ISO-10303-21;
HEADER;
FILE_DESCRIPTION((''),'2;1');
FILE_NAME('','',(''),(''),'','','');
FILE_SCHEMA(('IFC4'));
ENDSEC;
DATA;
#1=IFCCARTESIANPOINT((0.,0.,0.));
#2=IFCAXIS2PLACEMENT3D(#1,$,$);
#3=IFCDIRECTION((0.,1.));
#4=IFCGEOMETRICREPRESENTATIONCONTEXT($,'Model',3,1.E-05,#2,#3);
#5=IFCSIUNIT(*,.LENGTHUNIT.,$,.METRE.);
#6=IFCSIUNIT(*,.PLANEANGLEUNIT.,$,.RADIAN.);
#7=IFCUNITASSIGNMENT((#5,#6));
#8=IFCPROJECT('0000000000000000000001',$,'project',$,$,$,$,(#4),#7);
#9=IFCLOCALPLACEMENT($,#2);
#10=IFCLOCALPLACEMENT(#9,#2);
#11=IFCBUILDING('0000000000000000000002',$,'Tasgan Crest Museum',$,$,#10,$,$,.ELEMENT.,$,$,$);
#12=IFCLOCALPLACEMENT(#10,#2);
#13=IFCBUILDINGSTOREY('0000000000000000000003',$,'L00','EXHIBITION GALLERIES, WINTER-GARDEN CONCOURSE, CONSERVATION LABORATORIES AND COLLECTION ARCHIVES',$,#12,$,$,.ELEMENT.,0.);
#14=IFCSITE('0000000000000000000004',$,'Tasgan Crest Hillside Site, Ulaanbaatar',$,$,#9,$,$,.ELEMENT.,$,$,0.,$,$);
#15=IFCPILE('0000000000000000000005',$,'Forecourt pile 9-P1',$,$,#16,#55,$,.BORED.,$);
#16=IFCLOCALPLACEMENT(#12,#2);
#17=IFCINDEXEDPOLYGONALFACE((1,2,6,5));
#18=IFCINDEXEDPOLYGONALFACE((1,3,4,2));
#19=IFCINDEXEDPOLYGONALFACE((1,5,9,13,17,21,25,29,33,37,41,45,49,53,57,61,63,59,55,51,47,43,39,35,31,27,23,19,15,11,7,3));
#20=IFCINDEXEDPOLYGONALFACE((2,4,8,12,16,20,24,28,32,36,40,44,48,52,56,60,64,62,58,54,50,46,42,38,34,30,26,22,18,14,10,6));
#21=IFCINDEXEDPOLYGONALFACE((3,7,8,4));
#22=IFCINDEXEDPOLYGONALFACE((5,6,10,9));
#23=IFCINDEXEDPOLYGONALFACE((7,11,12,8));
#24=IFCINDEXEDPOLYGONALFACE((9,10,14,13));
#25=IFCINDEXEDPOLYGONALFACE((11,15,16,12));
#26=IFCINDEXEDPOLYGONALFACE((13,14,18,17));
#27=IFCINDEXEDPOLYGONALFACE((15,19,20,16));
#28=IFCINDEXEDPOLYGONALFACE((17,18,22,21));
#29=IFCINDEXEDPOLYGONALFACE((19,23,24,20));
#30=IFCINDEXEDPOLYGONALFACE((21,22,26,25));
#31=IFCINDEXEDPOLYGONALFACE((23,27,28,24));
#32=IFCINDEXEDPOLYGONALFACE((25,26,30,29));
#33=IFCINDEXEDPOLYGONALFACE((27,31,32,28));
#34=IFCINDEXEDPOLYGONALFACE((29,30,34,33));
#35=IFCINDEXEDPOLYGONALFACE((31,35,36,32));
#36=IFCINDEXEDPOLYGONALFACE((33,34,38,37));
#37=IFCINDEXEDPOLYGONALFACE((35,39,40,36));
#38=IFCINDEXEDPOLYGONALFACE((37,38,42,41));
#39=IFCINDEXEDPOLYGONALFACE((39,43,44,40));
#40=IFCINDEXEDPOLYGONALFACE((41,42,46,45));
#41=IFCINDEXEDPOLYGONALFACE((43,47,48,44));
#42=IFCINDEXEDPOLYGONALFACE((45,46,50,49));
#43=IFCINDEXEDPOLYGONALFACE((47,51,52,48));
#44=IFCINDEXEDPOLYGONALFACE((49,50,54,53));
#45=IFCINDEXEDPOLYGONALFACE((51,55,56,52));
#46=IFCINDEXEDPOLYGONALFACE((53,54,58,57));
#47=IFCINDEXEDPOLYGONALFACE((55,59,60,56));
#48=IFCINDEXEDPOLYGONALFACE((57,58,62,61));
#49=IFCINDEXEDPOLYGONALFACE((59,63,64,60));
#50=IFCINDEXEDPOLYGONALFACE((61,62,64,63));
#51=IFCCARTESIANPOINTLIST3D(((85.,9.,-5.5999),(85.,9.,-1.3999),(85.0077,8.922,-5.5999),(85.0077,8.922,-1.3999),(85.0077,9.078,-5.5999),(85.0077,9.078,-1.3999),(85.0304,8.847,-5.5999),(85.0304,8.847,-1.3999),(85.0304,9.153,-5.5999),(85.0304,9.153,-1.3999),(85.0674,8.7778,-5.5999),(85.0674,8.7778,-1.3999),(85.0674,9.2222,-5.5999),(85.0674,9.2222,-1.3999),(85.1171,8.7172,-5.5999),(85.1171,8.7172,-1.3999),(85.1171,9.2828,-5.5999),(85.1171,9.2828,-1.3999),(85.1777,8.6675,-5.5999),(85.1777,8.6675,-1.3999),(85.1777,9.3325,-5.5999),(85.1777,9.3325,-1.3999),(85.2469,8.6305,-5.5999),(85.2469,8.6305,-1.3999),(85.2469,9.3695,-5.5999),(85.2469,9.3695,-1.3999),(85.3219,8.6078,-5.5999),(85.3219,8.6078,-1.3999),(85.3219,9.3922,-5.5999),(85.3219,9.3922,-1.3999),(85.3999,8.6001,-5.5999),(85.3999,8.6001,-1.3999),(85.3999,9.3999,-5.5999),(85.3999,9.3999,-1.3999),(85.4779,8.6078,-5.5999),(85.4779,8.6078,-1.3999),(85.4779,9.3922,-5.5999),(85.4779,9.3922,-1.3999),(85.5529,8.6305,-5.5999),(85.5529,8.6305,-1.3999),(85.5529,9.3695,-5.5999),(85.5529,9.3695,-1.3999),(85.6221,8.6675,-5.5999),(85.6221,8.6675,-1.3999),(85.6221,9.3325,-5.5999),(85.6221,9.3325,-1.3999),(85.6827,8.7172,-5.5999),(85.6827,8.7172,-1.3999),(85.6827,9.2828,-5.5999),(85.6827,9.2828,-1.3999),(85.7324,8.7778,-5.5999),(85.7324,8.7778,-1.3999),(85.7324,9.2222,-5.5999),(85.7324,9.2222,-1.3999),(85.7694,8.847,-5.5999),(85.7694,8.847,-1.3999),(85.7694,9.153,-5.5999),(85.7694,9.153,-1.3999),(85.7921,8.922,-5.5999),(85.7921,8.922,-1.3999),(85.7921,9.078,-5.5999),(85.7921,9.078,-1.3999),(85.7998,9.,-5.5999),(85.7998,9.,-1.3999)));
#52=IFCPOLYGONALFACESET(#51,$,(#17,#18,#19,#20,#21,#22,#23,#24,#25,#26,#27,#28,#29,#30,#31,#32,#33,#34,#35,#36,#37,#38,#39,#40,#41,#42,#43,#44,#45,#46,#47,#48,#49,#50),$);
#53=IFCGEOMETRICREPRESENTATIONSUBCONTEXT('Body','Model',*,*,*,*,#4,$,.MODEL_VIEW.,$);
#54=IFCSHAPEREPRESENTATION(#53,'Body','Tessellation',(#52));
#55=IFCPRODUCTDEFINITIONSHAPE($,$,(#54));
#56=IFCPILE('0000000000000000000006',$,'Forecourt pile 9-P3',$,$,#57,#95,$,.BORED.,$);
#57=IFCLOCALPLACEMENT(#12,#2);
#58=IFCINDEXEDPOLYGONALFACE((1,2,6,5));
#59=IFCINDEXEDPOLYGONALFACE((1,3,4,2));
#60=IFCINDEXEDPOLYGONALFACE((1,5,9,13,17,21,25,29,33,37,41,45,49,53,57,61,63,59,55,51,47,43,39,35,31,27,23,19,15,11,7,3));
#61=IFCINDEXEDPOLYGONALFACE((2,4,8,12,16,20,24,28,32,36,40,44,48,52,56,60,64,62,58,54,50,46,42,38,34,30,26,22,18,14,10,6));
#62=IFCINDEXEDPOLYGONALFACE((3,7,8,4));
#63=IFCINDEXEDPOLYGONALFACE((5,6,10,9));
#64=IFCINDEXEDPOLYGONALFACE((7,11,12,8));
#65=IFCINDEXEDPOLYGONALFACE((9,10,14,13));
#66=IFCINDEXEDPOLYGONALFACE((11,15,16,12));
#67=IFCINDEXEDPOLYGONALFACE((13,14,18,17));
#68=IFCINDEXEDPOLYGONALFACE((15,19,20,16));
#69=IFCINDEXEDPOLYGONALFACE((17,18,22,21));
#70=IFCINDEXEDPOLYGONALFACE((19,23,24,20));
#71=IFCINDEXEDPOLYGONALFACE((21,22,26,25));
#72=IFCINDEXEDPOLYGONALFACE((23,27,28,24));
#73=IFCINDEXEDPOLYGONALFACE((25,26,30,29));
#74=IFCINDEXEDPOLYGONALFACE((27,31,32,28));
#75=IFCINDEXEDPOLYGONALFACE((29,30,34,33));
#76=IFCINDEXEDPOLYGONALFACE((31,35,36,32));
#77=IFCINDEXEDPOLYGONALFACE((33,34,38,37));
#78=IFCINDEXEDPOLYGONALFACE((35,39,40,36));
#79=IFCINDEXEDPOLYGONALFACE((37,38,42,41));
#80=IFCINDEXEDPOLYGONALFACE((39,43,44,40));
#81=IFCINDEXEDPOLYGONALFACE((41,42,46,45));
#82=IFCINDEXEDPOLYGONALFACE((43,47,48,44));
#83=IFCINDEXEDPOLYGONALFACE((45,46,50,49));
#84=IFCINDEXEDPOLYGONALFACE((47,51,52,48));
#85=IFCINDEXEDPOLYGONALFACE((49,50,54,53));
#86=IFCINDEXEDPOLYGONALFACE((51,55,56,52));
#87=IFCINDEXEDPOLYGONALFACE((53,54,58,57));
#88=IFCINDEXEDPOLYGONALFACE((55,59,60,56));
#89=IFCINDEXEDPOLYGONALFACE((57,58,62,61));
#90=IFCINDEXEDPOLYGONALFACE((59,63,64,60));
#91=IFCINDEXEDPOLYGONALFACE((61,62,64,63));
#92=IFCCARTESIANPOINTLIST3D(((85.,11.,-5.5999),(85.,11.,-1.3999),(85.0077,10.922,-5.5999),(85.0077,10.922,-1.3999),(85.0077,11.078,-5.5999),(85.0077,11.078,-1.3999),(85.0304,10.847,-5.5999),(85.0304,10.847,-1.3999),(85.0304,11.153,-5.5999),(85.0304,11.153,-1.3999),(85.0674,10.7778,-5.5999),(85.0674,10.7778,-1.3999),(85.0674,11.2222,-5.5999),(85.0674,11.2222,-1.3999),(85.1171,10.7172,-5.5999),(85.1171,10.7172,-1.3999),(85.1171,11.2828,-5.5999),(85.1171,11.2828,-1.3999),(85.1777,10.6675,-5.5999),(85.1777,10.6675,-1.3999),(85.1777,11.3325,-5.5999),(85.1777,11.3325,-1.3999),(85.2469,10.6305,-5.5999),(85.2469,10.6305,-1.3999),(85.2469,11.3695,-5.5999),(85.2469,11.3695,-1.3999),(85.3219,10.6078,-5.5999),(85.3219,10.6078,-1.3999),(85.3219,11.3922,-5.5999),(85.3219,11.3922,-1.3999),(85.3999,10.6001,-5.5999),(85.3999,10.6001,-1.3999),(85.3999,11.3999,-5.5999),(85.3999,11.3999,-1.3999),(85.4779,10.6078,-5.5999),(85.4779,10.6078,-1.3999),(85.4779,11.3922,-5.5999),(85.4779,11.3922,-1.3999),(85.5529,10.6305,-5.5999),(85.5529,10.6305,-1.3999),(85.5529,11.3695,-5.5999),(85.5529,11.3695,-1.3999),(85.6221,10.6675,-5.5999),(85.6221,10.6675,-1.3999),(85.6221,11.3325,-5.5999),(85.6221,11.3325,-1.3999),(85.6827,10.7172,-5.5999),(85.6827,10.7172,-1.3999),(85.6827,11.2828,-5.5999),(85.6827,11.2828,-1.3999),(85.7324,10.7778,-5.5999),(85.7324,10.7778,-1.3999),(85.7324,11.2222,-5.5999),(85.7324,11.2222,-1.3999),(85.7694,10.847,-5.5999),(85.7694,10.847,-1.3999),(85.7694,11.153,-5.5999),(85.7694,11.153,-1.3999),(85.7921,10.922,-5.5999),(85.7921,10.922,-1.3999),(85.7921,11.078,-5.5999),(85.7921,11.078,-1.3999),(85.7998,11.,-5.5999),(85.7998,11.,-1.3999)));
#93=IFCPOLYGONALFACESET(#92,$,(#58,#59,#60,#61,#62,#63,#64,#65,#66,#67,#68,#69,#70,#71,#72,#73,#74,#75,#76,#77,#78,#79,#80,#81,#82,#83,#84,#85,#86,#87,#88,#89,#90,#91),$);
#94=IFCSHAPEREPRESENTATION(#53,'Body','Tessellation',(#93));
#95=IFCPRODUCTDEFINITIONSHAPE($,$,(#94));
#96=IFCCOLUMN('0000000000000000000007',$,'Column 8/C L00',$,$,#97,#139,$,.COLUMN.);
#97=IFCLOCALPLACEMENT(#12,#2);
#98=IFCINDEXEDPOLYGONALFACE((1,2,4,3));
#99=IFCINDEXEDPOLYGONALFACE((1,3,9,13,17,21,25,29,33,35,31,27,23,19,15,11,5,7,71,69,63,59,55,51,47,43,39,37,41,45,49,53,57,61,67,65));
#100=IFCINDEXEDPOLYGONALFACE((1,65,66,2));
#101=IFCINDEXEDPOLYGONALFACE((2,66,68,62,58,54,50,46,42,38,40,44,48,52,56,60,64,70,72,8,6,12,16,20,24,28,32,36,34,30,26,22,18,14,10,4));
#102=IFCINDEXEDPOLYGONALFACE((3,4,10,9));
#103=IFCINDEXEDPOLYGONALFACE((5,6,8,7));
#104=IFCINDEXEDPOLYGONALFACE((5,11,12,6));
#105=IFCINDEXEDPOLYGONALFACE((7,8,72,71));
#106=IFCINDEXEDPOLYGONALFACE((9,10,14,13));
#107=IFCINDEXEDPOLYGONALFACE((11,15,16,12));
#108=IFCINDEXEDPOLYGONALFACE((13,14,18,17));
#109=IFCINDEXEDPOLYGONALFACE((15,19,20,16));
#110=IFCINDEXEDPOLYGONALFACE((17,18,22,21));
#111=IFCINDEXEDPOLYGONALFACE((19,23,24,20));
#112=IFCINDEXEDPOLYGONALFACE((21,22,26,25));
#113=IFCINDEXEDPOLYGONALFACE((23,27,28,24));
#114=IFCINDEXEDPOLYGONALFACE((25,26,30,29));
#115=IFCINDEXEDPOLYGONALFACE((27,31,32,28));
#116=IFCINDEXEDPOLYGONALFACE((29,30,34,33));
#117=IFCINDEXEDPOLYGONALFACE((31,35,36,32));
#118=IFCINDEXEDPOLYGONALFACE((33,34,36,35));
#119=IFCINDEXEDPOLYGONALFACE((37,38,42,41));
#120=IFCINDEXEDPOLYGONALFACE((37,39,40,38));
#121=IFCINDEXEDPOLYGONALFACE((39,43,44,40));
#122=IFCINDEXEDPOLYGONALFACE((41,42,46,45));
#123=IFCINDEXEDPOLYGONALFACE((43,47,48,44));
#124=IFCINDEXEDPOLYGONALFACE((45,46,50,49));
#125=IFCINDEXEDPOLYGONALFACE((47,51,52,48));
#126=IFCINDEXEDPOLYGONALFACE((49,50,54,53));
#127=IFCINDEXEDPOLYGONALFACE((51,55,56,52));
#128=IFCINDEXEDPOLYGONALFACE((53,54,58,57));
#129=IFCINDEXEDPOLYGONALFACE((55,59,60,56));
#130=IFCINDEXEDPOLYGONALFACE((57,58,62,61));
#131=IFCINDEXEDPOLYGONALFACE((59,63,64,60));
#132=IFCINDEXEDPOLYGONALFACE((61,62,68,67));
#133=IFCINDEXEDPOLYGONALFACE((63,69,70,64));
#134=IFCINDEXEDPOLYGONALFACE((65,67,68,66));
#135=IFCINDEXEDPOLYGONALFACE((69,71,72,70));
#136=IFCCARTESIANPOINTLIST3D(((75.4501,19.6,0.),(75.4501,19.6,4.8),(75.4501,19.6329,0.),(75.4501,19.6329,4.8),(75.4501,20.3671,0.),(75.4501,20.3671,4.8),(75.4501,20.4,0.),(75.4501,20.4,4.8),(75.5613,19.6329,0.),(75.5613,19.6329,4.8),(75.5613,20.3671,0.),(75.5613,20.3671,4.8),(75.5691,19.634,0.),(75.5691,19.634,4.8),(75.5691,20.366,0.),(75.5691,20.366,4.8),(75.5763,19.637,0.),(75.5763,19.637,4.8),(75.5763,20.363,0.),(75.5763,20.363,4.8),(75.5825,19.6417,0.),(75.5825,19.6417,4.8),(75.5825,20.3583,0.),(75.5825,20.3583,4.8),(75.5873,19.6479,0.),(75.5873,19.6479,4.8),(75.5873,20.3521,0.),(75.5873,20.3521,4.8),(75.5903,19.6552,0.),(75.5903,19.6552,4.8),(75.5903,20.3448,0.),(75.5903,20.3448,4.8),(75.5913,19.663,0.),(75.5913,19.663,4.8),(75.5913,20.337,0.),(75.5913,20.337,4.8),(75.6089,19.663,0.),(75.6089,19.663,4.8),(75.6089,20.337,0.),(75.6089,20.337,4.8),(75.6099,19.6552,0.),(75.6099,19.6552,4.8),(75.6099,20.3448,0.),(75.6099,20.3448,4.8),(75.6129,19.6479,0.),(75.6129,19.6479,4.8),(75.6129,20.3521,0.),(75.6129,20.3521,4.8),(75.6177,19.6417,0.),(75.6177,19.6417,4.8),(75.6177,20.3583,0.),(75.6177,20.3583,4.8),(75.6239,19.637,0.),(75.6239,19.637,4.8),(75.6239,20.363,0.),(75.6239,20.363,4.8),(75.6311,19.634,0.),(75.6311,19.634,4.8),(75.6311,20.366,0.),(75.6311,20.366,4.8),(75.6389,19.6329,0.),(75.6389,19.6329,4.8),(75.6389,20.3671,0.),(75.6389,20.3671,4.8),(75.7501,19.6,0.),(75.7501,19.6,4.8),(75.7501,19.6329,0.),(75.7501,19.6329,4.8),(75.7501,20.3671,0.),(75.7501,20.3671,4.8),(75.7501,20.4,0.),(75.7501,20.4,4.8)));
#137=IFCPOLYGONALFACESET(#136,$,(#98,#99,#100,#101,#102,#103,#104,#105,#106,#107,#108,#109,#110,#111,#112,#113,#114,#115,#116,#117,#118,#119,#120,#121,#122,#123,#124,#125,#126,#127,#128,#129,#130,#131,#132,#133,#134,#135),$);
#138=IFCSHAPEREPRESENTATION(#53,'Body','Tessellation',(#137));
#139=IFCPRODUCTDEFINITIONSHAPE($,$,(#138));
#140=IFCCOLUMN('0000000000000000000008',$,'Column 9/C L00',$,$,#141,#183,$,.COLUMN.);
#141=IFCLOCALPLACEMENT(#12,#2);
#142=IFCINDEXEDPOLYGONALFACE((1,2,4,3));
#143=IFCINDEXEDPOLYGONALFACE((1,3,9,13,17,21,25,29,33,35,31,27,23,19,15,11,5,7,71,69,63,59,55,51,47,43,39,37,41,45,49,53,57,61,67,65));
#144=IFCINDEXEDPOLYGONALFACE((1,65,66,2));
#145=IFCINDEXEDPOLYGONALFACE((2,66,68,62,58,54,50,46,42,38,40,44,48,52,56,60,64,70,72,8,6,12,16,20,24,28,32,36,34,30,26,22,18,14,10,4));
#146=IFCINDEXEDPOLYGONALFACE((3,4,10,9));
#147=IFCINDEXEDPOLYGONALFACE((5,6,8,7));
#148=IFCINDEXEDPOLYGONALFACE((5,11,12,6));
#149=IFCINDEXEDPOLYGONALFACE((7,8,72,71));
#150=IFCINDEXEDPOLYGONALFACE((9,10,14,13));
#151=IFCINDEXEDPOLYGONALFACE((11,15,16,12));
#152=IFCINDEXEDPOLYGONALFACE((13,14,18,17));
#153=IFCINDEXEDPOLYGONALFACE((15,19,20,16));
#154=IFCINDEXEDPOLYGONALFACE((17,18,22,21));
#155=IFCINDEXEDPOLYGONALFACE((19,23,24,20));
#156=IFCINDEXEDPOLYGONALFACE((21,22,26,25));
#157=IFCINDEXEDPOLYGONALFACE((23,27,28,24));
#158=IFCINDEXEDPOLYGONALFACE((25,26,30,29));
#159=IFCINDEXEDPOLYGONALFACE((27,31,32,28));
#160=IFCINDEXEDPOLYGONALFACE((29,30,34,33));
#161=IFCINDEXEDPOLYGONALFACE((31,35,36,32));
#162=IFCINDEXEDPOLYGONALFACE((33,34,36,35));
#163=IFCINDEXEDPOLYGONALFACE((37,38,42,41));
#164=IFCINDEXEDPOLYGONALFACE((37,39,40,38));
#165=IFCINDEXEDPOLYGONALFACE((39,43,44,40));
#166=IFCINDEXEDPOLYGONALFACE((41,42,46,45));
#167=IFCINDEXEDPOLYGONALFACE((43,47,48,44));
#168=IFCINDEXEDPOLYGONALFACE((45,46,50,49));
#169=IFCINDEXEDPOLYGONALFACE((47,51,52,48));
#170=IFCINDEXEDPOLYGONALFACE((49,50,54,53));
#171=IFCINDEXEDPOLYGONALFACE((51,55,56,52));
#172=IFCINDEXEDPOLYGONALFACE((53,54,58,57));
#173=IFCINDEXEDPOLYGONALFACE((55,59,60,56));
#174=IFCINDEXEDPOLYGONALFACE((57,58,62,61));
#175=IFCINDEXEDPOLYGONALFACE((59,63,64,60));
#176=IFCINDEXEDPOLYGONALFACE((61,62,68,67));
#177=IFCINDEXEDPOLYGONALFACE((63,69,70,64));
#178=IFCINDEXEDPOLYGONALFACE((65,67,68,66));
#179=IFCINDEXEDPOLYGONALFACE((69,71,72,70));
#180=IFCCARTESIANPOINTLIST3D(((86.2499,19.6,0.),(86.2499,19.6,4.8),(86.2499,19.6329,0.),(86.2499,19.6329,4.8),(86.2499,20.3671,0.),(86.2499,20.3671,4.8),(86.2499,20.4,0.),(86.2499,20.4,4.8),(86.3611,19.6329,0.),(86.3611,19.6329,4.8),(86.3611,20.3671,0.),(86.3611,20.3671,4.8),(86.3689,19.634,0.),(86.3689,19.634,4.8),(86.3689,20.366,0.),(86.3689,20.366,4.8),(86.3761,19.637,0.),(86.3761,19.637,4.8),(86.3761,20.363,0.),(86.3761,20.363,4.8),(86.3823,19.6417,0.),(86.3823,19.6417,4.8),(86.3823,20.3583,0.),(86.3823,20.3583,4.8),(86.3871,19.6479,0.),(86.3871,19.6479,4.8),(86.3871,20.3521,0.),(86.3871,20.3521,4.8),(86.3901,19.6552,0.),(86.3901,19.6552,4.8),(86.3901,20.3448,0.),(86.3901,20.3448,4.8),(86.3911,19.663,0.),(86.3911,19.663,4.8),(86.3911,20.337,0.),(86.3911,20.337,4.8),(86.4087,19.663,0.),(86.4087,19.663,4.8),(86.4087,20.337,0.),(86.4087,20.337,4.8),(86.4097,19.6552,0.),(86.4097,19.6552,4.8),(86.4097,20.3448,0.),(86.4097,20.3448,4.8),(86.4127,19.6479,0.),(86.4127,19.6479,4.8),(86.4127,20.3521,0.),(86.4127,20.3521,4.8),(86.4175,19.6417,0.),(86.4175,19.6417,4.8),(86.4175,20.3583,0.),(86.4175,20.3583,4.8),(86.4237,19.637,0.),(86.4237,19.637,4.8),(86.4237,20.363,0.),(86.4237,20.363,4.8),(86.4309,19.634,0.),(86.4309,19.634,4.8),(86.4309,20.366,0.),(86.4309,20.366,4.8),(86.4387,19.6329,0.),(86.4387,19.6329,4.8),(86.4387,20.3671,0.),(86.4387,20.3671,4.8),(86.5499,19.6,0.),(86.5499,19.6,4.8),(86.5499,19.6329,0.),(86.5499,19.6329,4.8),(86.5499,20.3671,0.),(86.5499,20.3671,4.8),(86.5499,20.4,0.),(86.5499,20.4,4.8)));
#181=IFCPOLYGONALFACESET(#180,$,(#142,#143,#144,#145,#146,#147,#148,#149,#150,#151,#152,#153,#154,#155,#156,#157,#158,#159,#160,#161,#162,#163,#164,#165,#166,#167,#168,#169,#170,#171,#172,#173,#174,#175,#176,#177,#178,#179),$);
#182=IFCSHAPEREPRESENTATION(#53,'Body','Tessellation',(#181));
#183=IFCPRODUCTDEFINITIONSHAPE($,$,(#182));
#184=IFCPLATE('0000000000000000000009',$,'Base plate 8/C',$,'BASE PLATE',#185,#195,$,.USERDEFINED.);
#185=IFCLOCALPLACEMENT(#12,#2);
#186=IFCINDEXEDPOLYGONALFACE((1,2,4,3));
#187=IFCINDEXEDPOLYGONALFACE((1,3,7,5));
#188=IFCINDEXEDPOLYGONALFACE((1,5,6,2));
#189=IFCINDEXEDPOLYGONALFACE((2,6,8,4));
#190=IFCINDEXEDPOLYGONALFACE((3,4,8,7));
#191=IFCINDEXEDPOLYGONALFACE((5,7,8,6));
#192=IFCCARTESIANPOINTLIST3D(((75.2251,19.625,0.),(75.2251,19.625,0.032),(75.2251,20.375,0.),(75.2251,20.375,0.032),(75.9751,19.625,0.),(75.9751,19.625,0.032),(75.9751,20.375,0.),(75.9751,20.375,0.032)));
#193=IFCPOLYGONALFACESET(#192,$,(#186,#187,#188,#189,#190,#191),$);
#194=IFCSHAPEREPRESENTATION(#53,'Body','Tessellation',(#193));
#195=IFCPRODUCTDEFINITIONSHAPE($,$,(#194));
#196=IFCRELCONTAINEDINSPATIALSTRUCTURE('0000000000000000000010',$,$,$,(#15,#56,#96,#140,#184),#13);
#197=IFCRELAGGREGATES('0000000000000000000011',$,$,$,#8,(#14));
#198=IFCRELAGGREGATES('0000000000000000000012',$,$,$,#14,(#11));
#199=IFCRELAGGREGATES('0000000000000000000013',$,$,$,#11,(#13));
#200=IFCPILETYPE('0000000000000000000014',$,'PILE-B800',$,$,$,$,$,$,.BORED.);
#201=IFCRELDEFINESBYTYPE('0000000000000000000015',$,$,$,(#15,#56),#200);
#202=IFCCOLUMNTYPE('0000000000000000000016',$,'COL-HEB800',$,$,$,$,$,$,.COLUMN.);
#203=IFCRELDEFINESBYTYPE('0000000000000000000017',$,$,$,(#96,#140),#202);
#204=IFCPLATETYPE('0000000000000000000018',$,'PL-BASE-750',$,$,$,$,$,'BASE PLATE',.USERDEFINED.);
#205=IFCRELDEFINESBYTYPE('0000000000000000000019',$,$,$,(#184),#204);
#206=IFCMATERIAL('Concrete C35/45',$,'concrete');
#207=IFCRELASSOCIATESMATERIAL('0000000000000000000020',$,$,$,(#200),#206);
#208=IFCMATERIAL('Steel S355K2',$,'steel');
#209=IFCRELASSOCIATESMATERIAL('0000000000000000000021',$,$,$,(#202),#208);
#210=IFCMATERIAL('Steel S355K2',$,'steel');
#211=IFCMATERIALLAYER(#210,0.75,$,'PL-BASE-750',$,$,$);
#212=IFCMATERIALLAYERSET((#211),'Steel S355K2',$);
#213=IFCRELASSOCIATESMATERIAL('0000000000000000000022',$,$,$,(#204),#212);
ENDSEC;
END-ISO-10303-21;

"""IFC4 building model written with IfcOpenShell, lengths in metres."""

from ifc_helpers import new_model, si_unit, direction, frame, origin, origin_2d, place, context, subcontext, project, spatial, rectangle, circle, i_section, extrude, material, layer, layer_set, material_profile, profile_set, type_object, element, save


model = new_model("IFC4")

# Units and contexts
model_context = context("Model", 3, precision=1e-05, world=origin(), true_north=direction((0.0, 1.0)))
body_context = subcontext(model_context, "Body", "Model", "MODEL_VIEW")
ifc_project = project(units=[si_unit("LENGTHUNIT", "METRE"), si_unit("PLANEANGLEUNIT", "RADIAN")], contexts=[model_context])

# Site, building, storey
site_placement = place(None, origin())
site = spatial("IfcSite", under=ifc_project, at=site_placement, Name="Tasgan Crest Hillside Site, Ulaanbaatar", CompositionType="ELEMENT", RefElevation=0.0)
building_placement = place(site_placement, origin())
building = spatial("IfcBuilding", under=site, at=building_placement, Name="Tasgan Crest Museum", CompositionType="ELEMENT")
storey_placement = place(building_placement, origin())
storey = spatial("IfcBuildingStorey", under=building, at=storey_placement, Name="L00", Description="EXHIBITION GALLERIES, WINTER-GARDEN CONCOURSE, CONSERVATION LABORATORIES AND COLLECTION ARCHIVES", CompositionType="ELEMENT", Elevation=0.0)

# Piles
ifc_material_1 = material(Name="Concrete C35/45", Category="concrete")
ifc_material_profile_1 = material_profile(ifc_material_1, circle(Radius=0.3999, at=origin_2d()), Name="PILE D800")
ifc_profile_set_1 = profile_set([ifc_material_profile_1], Name="Concrete C35/45")
pile_type_1 = type_object("IfcPileType", Name="PILE-B800", PredefinedType="BORED", material=ifc_profile_set_1)
for number, where, z_axis, x_axis, name in (
    (1, (85.3999, 9.0, -1.3999), (0.0, 0.0, -1.0), (1.0, 0.0, 0.0), "Forecourt pile 9-P1"),
    (2, (85.3999, 11.0, -1.3999), (0.0, 0.0, -1.0), (1.0, 0.0, 0.0), "Forecourt pile 9-P3"),
):
    element("IfcPile", number, at=place(storey_placement, frame(where, z_axis=z_axis, x_axis=x_axis)), inside=storey, type_object=pile_type_1, Name=name, PredefinedType="BORED", context=body_context, shape_type="SweptSolid", body=[
        extrude(circle(Radius=0.3999, at=origin_2d()), origin(), (0.0, 0.0, 1.0), 4.2),
    ])

# Columns
ifc_material_2 = material(Name="Steel S355K2", Category="steel")
ifc_material_profile_2 = material_profile(ifc_material_2, i_section(OverallWidth=0.3, OverallDepth=0.8, WebThickness=0.0176, FlangeThickness=0.033, FilletRadius=0.03, at=origin_2d()), Name="HEB 800")
ifc_profile_set_2 = profile_set([ifc_material_profile_2], Name="Steel S355K2")
column_type = type_object("IfcColumnType", Name="COL-HEB800", PredefinedType="COLUMN", material=ifc_profile_set_2)
for number, where, z_axis, x_axis, name in (
    (3, (75.6001, 20.0, 0.0), (0.0, 0.0, 1.0), (1.0, 0.0, 0.0), "Column 8/C L00"),
    (4, (86.3999, 20.0, 0.0), (0.0, 0.0, 1.0), (1.0, 0.0, 0.0), "Column 9/C L00"),
):
    element("IfcColumn", number, at=place(storey_placement, frame(where, z_axis=z_axis, x_axis=x_axis)), inside=storey, type_object=column_type, Name=name, PredefinedType="COLUMN", context=body_context, shape_type="SweptSolid", body=[
        extrude(i_section(OverallWidth=0.3, OverallDepth=0.8, WebThickness=0.0176, FlangeThickness=0.033, FilletRadius=0.03, at=origin_2d()), origin(), (0.0, 0.0, 1.0), 4.8),
    ])

# Plate
ifc_material_3 = material(Name="Steel S355K2", Category="steel")
ifc_layer_1 = layer(ifc_material_3, 0.75, Name="PL-BASE-750")
ifc_layer_set_1 = layer_set([ifc_layer_1], Name="Steel S355K2")
plate_type = type_object("IfcPlateType", Name="PL-BASE-750", ElementType="BASE PLATE", PredefinedType="USERDEFINED", material=ifc_layer_set_1)
for number, where, z_axis, x_axis, name in (
    (5, (75.6001, 20.0, 0.0), (0.0, 0.0, 1.0), (1.0, 0.0, 0.0), "Base plate 8/C"),
):
    element("IfcPlate", number, at=place(storey_placement, frame(where, z_axis=z_axis, x_axis=x_axis)), inside=storey, type_object=plate_type, Name=name, ObjectType="BASE PLATE", PredefinedType="USERDEFINED", context=body_context, shape_type="SweptSolid", body=[
        extrude(rectangle(XDim=0.75, YDim=0.75, at=origin_2d()), origin(), (0.0, 0.0, 1.0), 0.032),
    ])

save(model, "model.ifc")
